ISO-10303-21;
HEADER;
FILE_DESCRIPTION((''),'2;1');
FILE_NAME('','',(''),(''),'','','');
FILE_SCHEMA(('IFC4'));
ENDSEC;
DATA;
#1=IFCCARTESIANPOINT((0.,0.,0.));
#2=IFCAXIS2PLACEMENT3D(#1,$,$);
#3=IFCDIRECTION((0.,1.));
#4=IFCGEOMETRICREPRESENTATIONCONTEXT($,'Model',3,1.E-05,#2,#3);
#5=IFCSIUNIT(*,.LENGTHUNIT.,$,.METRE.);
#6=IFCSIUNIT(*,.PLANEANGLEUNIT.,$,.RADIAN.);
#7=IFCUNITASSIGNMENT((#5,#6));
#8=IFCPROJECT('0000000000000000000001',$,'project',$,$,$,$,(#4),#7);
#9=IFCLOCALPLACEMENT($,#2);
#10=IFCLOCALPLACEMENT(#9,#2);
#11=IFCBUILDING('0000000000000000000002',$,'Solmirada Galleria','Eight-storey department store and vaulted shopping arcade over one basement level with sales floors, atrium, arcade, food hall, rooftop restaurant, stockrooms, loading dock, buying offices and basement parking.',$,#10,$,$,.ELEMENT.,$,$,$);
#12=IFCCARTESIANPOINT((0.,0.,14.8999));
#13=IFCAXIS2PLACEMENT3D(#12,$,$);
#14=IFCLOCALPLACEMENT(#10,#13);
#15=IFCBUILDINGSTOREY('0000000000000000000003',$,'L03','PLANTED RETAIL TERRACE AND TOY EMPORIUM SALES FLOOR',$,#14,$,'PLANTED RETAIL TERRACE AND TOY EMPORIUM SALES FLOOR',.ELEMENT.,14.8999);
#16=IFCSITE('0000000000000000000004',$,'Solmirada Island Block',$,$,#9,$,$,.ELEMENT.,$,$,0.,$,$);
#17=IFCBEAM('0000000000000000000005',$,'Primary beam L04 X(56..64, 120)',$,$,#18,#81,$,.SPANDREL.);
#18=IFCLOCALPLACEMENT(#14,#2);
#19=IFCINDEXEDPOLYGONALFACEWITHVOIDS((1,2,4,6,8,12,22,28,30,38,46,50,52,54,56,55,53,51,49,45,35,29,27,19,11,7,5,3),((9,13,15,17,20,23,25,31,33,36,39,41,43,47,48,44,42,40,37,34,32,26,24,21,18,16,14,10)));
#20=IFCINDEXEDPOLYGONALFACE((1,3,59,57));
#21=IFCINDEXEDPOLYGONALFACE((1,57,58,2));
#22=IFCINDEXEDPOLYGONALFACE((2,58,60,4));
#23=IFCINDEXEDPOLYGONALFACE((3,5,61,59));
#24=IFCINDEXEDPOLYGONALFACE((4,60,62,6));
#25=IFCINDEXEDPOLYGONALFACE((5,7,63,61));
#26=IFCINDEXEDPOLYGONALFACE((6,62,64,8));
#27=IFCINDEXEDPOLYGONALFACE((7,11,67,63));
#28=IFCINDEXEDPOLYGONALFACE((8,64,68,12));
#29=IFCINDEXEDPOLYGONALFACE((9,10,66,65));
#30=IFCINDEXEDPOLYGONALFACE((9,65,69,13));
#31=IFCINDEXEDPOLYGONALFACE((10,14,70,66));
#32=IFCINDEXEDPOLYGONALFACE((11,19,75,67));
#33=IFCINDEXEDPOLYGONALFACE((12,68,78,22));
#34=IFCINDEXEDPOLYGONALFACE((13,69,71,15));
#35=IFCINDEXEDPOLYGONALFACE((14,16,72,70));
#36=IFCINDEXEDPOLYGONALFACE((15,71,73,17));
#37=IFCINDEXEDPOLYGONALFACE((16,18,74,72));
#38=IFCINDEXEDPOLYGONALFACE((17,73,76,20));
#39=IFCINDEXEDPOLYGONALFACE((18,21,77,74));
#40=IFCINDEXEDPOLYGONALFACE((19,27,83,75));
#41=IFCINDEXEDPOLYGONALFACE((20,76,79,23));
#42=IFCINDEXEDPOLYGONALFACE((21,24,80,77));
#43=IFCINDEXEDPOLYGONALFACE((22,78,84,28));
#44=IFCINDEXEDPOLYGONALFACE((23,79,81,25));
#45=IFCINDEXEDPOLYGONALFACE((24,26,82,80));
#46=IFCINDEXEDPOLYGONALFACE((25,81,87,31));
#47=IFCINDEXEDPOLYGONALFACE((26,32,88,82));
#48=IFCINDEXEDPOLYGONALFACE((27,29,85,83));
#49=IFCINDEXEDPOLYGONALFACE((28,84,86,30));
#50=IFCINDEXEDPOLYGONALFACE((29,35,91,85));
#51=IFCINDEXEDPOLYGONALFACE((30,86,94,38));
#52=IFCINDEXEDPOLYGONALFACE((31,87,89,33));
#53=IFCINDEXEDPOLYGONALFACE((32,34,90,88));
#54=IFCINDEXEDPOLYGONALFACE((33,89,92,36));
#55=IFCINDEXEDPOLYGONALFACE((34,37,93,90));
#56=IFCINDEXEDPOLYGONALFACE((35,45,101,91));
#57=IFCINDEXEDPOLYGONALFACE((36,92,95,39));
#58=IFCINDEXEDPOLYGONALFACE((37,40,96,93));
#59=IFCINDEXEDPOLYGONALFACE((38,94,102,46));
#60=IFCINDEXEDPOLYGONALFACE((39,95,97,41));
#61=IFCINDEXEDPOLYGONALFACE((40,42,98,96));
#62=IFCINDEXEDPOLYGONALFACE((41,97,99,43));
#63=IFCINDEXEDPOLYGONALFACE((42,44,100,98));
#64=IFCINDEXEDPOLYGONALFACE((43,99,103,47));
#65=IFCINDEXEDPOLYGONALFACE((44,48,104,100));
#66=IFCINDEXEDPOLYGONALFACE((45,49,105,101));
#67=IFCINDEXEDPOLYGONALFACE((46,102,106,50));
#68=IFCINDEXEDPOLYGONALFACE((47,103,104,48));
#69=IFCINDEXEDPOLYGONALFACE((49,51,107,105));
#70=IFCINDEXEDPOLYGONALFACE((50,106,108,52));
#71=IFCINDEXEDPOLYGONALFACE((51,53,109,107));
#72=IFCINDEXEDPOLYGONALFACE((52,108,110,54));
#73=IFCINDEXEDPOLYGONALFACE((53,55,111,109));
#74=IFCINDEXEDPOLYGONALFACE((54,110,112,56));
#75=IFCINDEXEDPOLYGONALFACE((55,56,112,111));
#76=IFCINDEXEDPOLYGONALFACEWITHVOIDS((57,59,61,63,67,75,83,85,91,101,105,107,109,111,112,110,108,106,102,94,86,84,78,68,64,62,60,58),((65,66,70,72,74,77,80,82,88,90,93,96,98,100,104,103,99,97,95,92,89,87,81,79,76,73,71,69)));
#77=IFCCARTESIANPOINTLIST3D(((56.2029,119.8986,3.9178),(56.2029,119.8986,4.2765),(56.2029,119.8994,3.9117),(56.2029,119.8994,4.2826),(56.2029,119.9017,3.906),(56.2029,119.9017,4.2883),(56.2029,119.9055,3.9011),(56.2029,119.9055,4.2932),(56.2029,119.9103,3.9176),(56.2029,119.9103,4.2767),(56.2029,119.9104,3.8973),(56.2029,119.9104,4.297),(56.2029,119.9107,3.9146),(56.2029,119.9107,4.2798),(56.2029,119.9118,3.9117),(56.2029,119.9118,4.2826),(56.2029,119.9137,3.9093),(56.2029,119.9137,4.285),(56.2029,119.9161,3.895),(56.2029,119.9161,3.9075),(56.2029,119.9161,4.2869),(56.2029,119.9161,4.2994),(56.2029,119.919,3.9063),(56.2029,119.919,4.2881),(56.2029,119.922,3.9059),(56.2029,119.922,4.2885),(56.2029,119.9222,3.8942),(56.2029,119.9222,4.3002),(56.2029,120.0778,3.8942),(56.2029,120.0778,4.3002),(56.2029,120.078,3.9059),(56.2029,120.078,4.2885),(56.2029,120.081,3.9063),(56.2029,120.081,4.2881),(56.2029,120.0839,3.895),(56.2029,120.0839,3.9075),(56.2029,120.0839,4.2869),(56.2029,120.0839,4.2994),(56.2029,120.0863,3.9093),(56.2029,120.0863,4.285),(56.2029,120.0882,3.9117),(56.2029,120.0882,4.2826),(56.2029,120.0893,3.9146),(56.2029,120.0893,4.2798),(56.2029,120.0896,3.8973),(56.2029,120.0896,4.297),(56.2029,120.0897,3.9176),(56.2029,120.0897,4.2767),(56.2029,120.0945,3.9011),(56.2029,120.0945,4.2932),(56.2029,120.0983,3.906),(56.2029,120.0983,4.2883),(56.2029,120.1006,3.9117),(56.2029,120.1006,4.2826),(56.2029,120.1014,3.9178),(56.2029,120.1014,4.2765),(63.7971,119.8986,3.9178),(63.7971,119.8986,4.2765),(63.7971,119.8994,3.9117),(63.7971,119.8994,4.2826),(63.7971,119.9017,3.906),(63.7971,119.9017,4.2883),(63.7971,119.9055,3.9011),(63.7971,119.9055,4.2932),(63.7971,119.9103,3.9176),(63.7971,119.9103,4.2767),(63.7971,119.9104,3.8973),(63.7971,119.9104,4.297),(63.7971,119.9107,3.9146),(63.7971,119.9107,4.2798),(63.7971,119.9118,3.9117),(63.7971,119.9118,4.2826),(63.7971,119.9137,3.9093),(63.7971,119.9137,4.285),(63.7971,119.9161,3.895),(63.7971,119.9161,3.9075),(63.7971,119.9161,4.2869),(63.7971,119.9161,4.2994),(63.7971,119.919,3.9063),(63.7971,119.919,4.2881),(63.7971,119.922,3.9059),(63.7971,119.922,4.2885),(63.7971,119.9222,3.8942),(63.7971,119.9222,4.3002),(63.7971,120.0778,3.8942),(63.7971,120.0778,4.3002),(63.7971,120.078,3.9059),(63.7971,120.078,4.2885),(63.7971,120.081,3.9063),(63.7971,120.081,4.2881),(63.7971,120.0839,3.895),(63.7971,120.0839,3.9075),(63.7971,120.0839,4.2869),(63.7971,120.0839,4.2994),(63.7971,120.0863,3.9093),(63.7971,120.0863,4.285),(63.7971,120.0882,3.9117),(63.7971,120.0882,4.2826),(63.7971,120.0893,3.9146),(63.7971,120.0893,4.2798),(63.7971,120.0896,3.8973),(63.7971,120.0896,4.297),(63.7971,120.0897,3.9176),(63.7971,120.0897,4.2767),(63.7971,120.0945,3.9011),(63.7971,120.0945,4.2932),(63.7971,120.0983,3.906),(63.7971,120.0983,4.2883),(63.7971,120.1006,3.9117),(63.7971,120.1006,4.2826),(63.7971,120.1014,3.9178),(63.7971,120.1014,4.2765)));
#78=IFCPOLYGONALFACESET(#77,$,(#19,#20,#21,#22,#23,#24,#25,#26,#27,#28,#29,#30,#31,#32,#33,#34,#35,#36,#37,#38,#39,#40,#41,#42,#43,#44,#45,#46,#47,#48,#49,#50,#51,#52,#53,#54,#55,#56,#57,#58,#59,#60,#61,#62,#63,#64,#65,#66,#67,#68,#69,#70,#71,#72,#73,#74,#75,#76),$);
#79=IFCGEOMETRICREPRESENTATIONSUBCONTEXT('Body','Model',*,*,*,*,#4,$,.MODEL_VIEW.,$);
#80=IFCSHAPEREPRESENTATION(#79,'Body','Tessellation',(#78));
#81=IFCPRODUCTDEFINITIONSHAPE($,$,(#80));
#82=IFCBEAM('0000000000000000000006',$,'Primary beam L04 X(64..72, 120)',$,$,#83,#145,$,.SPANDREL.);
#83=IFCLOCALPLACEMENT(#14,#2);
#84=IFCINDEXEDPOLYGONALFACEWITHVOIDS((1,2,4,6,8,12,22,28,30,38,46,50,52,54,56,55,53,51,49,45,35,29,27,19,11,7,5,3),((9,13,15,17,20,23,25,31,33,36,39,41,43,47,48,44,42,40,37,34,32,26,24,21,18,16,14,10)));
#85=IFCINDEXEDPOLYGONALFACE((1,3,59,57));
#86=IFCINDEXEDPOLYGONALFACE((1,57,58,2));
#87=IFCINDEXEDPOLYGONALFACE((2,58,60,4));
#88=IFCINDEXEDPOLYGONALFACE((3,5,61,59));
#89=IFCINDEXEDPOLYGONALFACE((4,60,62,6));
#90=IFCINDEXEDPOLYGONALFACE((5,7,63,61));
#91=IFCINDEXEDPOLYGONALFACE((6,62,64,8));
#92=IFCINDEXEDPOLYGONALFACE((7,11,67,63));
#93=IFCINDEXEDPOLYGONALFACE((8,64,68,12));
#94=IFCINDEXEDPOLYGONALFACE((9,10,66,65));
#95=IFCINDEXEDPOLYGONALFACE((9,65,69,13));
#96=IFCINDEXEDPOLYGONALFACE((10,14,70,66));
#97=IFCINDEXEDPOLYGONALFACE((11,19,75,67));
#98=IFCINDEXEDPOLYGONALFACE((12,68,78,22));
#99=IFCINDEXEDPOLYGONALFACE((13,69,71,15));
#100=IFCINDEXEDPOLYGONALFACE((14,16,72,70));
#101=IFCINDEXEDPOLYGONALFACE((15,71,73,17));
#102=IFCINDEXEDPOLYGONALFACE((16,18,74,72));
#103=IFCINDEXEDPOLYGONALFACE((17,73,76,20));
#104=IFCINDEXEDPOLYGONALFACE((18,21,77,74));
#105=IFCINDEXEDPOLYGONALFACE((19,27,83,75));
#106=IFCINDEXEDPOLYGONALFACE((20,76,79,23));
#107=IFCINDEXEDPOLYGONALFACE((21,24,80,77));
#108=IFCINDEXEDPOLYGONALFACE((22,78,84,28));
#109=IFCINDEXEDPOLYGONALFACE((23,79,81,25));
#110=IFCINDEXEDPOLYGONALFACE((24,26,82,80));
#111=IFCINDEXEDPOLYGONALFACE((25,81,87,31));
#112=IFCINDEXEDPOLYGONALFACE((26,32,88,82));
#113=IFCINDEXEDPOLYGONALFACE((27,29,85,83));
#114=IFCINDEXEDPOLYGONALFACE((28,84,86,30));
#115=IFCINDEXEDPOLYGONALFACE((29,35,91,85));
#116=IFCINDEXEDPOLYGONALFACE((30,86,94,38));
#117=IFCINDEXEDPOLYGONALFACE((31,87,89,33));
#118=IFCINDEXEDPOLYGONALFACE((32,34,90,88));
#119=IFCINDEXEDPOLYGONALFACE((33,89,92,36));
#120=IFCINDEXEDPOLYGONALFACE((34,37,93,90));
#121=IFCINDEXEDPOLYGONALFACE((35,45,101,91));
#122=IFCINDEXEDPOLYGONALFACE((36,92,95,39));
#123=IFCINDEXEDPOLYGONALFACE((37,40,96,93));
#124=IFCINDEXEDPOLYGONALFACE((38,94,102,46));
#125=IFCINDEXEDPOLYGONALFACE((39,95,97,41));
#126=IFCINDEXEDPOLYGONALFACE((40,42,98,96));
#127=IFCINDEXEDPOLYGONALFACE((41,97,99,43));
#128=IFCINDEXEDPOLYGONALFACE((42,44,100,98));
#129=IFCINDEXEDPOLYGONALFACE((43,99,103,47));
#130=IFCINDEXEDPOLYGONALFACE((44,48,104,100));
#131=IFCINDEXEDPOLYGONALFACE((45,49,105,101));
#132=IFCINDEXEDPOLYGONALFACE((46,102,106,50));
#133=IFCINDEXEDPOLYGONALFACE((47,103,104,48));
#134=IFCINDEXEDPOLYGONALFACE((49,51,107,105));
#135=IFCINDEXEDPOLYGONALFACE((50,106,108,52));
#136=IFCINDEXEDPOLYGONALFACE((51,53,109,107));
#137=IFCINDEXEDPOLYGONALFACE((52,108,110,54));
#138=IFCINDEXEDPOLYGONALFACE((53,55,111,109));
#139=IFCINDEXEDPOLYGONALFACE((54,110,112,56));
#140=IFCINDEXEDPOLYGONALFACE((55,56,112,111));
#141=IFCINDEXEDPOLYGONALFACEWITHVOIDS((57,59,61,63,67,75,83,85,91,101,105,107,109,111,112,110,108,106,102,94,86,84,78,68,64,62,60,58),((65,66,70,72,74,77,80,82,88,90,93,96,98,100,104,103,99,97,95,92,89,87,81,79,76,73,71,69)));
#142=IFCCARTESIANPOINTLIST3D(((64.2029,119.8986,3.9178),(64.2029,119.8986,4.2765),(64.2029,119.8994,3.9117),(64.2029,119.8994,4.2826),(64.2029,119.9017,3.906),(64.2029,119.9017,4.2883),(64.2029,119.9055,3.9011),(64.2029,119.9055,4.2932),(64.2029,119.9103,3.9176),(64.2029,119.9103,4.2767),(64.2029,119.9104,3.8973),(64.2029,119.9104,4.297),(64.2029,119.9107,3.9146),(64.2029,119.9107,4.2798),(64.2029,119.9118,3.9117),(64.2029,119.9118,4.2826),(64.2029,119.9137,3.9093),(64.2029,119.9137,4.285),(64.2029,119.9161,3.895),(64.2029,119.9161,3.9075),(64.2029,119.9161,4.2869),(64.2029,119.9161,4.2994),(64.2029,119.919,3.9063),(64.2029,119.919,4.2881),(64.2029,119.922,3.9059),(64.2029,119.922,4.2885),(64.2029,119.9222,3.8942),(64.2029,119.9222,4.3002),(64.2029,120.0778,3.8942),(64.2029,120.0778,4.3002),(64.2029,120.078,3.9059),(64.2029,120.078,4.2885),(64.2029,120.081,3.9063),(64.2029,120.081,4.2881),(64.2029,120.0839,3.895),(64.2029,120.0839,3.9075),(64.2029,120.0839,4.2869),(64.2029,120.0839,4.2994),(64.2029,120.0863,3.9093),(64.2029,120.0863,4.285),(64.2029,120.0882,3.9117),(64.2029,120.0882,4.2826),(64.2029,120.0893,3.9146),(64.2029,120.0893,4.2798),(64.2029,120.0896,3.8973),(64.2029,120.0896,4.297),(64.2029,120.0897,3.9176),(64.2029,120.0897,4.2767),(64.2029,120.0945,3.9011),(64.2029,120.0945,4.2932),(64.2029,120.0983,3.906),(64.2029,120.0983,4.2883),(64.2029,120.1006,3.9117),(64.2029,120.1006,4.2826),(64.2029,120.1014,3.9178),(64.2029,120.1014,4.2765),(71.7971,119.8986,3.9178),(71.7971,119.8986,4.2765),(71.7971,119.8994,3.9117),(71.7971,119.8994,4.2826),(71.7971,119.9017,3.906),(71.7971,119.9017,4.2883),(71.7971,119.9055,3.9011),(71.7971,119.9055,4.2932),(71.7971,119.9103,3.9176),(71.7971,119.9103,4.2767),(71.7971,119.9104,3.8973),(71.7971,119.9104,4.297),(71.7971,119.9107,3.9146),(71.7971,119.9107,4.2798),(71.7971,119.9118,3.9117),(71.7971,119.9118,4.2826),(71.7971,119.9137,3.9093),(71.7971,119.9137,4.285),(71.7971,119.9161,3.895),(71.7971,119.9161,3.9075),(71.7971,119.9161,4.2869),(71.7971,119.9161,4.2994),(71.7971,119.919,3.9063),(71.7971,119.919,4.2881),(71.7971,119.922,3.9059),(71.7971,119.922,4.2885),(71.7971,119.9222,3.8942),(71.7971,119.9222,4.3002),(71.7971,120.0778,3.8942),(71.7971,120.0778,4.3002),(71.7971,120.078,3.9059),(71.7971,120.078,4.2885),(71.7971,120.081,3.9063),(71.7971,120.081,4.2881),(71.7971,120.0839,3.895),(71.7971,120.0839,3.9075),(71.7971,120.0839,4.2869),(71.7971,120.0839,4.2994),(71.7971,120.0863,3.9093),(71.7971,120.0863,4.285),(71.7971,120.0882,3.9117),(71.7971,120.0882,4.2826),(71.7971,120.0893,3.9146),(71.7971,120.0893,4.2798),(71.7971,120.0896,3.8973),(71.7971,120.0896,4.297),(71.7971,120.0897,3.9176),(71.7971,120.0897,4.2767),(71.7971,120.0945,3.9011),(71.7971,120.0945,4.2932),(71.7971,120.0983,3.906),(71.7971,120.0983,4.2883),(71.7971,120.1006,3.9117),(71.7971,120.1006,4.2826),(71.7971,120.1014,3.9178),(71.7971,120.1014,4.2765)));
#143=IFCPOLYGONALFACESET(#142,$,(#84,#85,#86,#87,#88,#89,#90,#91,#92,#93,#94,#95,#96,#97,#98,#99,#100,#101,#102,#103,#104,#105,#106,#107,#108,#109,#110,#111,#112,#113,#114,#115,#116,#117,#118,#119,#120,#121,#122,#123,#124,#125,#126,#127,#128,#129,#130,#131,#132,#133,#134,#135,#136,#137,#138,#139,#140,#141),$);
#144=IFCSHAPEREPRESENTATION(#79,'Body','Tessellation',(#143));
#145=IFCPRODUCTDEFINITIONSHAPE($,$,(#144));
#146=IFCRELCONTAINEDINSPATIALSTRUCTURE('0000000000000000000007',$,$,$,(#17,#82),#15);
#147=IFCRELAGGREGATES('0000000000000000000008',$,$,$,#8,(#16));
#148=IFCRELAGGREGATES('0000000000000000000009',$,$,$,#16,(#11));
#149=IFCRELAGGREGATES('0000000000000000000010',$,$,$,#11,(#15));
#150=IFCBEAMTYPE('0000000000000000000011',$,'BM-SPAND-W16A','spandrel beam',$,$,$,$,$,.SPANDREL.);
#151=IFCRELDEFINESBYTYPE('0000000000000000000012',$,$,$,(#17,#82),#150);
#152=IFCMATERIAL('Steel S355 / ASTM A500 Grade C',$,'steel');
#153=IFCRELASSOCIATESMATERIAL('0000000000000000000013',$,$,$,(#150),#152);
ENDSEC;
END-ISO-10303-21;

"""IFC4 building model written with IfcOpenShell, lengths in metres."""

from ifc_helpers import new_model, si_unit, direction, frame, origin, origin_2d, place, context, subcontext, project, spatial, hollow_rectangle, extrude, material, material_profile, profile_set, type_object, element, save


model = new_model("IFC4")

# Units and contexts
model_context = context("Model", 3, precision=1e-05, world=origin(), true_north=direction((0.0, 1.0)))
body_context = subcontext(model_context, "Body", "Model", "MODEL_VIEW")
ifc_project = project(units=[si_unit("LENGTHUNIT", "METRE"), si_unit("PLANEANGLEUNIT", "RADIAN")], contexts=[model_context])

# Site, building, storey
site_placement = place(None, origin())
site = spatial("IfcSite", under=ifc_project, at=site_placement, Name="Solmirada Island Block", CompositionType="ELEMENT", RefElevation=0.0)
building_placement = place(site_placement, origin())
building = spatial("IfcBuilding", under=site, at=building_placement, Name="Solmirada Galleria", Description="Eight-storey department store and vaulted shopping arcade over one basement level with sales floors, atrium, arcade, food hall, rooftop restaurant, stockrooms, loading dock, buying offices and basement parking.", CompositionType="ELEMENT")
storey_placement = place(building_placement, frame((0.0, 0.0, 14.8999)))
storey = spatial("IfcBuildingStorey", under=building, at=storey_placement, Name="L03", Description="PLANTED RETAIL TERRACE AND TOY EMPORIUM SALES FLOOR", LongName="PLANTED RETAIL TERRACE AND TOY EMPORIUM SALES FLOOR", CompositionType="ELEMENT", Elevation=14.8999)

# Shared definitions
ifc_material_1 = material(Name="Steel S355 / ASTM A500 Grade C", Category="steel")

# Beams
ifc_material_profile_1 = material_profile(ifc_material_1, hollow_rectangle(XDim=0.2029, YDim=0.406, WallThickness=0.0117, InnerFilletRadius=0.0117, OuterFilletRadius=0.0237, at=origin_2d()), Name="HSS16X8X1/2")
ifc_profile_set_1 = profile_set([ifc_material_profile_1], Name="Steel S355 / ASTM A500 Grade C")
beam_type_1 = type_object("IfcBeamType", Name="BM-SPAND-W16A", Description="spandrel beam", PredefinedType="SPANDREL", material=ifc_profile_set_1)
for number, where, z_axis, x_axis, name in (
    (1, (56.2029, 120.0, 4.0972), (1.0, 0.0, 0.0), (0.0, 1.0, 0.0), "Primary beam L04 X(56..64, 120)"),
    (2, (64.2029, 120.0, 4.0972), (1.0, 0.0, 0.0), (0.0, 1.0, 0.0), "Primary beam L04 X(64..72, 120)"),
):
    element("IfcBeam", number, at=place(storey_placement, frame(where, z_axis=z_axis, x_axis=x_axis)), inside=storey, type_object=beam_type_1, Name=name, PredefinedType="SPANDREL", context=body_context, shape_type="SweptSolid", body=[
        extrude(hollow_rectangle(XDim=0.2029, YDim=0.406, WallThickness=0.0117, InnerFilletRadius=0.0117, OuterFilletRadius=0.0237, at=origin_2d()), origin(), (0.0, 0.0, 1.0), 7.5942),
    ])

save(model, "model.ifc")
